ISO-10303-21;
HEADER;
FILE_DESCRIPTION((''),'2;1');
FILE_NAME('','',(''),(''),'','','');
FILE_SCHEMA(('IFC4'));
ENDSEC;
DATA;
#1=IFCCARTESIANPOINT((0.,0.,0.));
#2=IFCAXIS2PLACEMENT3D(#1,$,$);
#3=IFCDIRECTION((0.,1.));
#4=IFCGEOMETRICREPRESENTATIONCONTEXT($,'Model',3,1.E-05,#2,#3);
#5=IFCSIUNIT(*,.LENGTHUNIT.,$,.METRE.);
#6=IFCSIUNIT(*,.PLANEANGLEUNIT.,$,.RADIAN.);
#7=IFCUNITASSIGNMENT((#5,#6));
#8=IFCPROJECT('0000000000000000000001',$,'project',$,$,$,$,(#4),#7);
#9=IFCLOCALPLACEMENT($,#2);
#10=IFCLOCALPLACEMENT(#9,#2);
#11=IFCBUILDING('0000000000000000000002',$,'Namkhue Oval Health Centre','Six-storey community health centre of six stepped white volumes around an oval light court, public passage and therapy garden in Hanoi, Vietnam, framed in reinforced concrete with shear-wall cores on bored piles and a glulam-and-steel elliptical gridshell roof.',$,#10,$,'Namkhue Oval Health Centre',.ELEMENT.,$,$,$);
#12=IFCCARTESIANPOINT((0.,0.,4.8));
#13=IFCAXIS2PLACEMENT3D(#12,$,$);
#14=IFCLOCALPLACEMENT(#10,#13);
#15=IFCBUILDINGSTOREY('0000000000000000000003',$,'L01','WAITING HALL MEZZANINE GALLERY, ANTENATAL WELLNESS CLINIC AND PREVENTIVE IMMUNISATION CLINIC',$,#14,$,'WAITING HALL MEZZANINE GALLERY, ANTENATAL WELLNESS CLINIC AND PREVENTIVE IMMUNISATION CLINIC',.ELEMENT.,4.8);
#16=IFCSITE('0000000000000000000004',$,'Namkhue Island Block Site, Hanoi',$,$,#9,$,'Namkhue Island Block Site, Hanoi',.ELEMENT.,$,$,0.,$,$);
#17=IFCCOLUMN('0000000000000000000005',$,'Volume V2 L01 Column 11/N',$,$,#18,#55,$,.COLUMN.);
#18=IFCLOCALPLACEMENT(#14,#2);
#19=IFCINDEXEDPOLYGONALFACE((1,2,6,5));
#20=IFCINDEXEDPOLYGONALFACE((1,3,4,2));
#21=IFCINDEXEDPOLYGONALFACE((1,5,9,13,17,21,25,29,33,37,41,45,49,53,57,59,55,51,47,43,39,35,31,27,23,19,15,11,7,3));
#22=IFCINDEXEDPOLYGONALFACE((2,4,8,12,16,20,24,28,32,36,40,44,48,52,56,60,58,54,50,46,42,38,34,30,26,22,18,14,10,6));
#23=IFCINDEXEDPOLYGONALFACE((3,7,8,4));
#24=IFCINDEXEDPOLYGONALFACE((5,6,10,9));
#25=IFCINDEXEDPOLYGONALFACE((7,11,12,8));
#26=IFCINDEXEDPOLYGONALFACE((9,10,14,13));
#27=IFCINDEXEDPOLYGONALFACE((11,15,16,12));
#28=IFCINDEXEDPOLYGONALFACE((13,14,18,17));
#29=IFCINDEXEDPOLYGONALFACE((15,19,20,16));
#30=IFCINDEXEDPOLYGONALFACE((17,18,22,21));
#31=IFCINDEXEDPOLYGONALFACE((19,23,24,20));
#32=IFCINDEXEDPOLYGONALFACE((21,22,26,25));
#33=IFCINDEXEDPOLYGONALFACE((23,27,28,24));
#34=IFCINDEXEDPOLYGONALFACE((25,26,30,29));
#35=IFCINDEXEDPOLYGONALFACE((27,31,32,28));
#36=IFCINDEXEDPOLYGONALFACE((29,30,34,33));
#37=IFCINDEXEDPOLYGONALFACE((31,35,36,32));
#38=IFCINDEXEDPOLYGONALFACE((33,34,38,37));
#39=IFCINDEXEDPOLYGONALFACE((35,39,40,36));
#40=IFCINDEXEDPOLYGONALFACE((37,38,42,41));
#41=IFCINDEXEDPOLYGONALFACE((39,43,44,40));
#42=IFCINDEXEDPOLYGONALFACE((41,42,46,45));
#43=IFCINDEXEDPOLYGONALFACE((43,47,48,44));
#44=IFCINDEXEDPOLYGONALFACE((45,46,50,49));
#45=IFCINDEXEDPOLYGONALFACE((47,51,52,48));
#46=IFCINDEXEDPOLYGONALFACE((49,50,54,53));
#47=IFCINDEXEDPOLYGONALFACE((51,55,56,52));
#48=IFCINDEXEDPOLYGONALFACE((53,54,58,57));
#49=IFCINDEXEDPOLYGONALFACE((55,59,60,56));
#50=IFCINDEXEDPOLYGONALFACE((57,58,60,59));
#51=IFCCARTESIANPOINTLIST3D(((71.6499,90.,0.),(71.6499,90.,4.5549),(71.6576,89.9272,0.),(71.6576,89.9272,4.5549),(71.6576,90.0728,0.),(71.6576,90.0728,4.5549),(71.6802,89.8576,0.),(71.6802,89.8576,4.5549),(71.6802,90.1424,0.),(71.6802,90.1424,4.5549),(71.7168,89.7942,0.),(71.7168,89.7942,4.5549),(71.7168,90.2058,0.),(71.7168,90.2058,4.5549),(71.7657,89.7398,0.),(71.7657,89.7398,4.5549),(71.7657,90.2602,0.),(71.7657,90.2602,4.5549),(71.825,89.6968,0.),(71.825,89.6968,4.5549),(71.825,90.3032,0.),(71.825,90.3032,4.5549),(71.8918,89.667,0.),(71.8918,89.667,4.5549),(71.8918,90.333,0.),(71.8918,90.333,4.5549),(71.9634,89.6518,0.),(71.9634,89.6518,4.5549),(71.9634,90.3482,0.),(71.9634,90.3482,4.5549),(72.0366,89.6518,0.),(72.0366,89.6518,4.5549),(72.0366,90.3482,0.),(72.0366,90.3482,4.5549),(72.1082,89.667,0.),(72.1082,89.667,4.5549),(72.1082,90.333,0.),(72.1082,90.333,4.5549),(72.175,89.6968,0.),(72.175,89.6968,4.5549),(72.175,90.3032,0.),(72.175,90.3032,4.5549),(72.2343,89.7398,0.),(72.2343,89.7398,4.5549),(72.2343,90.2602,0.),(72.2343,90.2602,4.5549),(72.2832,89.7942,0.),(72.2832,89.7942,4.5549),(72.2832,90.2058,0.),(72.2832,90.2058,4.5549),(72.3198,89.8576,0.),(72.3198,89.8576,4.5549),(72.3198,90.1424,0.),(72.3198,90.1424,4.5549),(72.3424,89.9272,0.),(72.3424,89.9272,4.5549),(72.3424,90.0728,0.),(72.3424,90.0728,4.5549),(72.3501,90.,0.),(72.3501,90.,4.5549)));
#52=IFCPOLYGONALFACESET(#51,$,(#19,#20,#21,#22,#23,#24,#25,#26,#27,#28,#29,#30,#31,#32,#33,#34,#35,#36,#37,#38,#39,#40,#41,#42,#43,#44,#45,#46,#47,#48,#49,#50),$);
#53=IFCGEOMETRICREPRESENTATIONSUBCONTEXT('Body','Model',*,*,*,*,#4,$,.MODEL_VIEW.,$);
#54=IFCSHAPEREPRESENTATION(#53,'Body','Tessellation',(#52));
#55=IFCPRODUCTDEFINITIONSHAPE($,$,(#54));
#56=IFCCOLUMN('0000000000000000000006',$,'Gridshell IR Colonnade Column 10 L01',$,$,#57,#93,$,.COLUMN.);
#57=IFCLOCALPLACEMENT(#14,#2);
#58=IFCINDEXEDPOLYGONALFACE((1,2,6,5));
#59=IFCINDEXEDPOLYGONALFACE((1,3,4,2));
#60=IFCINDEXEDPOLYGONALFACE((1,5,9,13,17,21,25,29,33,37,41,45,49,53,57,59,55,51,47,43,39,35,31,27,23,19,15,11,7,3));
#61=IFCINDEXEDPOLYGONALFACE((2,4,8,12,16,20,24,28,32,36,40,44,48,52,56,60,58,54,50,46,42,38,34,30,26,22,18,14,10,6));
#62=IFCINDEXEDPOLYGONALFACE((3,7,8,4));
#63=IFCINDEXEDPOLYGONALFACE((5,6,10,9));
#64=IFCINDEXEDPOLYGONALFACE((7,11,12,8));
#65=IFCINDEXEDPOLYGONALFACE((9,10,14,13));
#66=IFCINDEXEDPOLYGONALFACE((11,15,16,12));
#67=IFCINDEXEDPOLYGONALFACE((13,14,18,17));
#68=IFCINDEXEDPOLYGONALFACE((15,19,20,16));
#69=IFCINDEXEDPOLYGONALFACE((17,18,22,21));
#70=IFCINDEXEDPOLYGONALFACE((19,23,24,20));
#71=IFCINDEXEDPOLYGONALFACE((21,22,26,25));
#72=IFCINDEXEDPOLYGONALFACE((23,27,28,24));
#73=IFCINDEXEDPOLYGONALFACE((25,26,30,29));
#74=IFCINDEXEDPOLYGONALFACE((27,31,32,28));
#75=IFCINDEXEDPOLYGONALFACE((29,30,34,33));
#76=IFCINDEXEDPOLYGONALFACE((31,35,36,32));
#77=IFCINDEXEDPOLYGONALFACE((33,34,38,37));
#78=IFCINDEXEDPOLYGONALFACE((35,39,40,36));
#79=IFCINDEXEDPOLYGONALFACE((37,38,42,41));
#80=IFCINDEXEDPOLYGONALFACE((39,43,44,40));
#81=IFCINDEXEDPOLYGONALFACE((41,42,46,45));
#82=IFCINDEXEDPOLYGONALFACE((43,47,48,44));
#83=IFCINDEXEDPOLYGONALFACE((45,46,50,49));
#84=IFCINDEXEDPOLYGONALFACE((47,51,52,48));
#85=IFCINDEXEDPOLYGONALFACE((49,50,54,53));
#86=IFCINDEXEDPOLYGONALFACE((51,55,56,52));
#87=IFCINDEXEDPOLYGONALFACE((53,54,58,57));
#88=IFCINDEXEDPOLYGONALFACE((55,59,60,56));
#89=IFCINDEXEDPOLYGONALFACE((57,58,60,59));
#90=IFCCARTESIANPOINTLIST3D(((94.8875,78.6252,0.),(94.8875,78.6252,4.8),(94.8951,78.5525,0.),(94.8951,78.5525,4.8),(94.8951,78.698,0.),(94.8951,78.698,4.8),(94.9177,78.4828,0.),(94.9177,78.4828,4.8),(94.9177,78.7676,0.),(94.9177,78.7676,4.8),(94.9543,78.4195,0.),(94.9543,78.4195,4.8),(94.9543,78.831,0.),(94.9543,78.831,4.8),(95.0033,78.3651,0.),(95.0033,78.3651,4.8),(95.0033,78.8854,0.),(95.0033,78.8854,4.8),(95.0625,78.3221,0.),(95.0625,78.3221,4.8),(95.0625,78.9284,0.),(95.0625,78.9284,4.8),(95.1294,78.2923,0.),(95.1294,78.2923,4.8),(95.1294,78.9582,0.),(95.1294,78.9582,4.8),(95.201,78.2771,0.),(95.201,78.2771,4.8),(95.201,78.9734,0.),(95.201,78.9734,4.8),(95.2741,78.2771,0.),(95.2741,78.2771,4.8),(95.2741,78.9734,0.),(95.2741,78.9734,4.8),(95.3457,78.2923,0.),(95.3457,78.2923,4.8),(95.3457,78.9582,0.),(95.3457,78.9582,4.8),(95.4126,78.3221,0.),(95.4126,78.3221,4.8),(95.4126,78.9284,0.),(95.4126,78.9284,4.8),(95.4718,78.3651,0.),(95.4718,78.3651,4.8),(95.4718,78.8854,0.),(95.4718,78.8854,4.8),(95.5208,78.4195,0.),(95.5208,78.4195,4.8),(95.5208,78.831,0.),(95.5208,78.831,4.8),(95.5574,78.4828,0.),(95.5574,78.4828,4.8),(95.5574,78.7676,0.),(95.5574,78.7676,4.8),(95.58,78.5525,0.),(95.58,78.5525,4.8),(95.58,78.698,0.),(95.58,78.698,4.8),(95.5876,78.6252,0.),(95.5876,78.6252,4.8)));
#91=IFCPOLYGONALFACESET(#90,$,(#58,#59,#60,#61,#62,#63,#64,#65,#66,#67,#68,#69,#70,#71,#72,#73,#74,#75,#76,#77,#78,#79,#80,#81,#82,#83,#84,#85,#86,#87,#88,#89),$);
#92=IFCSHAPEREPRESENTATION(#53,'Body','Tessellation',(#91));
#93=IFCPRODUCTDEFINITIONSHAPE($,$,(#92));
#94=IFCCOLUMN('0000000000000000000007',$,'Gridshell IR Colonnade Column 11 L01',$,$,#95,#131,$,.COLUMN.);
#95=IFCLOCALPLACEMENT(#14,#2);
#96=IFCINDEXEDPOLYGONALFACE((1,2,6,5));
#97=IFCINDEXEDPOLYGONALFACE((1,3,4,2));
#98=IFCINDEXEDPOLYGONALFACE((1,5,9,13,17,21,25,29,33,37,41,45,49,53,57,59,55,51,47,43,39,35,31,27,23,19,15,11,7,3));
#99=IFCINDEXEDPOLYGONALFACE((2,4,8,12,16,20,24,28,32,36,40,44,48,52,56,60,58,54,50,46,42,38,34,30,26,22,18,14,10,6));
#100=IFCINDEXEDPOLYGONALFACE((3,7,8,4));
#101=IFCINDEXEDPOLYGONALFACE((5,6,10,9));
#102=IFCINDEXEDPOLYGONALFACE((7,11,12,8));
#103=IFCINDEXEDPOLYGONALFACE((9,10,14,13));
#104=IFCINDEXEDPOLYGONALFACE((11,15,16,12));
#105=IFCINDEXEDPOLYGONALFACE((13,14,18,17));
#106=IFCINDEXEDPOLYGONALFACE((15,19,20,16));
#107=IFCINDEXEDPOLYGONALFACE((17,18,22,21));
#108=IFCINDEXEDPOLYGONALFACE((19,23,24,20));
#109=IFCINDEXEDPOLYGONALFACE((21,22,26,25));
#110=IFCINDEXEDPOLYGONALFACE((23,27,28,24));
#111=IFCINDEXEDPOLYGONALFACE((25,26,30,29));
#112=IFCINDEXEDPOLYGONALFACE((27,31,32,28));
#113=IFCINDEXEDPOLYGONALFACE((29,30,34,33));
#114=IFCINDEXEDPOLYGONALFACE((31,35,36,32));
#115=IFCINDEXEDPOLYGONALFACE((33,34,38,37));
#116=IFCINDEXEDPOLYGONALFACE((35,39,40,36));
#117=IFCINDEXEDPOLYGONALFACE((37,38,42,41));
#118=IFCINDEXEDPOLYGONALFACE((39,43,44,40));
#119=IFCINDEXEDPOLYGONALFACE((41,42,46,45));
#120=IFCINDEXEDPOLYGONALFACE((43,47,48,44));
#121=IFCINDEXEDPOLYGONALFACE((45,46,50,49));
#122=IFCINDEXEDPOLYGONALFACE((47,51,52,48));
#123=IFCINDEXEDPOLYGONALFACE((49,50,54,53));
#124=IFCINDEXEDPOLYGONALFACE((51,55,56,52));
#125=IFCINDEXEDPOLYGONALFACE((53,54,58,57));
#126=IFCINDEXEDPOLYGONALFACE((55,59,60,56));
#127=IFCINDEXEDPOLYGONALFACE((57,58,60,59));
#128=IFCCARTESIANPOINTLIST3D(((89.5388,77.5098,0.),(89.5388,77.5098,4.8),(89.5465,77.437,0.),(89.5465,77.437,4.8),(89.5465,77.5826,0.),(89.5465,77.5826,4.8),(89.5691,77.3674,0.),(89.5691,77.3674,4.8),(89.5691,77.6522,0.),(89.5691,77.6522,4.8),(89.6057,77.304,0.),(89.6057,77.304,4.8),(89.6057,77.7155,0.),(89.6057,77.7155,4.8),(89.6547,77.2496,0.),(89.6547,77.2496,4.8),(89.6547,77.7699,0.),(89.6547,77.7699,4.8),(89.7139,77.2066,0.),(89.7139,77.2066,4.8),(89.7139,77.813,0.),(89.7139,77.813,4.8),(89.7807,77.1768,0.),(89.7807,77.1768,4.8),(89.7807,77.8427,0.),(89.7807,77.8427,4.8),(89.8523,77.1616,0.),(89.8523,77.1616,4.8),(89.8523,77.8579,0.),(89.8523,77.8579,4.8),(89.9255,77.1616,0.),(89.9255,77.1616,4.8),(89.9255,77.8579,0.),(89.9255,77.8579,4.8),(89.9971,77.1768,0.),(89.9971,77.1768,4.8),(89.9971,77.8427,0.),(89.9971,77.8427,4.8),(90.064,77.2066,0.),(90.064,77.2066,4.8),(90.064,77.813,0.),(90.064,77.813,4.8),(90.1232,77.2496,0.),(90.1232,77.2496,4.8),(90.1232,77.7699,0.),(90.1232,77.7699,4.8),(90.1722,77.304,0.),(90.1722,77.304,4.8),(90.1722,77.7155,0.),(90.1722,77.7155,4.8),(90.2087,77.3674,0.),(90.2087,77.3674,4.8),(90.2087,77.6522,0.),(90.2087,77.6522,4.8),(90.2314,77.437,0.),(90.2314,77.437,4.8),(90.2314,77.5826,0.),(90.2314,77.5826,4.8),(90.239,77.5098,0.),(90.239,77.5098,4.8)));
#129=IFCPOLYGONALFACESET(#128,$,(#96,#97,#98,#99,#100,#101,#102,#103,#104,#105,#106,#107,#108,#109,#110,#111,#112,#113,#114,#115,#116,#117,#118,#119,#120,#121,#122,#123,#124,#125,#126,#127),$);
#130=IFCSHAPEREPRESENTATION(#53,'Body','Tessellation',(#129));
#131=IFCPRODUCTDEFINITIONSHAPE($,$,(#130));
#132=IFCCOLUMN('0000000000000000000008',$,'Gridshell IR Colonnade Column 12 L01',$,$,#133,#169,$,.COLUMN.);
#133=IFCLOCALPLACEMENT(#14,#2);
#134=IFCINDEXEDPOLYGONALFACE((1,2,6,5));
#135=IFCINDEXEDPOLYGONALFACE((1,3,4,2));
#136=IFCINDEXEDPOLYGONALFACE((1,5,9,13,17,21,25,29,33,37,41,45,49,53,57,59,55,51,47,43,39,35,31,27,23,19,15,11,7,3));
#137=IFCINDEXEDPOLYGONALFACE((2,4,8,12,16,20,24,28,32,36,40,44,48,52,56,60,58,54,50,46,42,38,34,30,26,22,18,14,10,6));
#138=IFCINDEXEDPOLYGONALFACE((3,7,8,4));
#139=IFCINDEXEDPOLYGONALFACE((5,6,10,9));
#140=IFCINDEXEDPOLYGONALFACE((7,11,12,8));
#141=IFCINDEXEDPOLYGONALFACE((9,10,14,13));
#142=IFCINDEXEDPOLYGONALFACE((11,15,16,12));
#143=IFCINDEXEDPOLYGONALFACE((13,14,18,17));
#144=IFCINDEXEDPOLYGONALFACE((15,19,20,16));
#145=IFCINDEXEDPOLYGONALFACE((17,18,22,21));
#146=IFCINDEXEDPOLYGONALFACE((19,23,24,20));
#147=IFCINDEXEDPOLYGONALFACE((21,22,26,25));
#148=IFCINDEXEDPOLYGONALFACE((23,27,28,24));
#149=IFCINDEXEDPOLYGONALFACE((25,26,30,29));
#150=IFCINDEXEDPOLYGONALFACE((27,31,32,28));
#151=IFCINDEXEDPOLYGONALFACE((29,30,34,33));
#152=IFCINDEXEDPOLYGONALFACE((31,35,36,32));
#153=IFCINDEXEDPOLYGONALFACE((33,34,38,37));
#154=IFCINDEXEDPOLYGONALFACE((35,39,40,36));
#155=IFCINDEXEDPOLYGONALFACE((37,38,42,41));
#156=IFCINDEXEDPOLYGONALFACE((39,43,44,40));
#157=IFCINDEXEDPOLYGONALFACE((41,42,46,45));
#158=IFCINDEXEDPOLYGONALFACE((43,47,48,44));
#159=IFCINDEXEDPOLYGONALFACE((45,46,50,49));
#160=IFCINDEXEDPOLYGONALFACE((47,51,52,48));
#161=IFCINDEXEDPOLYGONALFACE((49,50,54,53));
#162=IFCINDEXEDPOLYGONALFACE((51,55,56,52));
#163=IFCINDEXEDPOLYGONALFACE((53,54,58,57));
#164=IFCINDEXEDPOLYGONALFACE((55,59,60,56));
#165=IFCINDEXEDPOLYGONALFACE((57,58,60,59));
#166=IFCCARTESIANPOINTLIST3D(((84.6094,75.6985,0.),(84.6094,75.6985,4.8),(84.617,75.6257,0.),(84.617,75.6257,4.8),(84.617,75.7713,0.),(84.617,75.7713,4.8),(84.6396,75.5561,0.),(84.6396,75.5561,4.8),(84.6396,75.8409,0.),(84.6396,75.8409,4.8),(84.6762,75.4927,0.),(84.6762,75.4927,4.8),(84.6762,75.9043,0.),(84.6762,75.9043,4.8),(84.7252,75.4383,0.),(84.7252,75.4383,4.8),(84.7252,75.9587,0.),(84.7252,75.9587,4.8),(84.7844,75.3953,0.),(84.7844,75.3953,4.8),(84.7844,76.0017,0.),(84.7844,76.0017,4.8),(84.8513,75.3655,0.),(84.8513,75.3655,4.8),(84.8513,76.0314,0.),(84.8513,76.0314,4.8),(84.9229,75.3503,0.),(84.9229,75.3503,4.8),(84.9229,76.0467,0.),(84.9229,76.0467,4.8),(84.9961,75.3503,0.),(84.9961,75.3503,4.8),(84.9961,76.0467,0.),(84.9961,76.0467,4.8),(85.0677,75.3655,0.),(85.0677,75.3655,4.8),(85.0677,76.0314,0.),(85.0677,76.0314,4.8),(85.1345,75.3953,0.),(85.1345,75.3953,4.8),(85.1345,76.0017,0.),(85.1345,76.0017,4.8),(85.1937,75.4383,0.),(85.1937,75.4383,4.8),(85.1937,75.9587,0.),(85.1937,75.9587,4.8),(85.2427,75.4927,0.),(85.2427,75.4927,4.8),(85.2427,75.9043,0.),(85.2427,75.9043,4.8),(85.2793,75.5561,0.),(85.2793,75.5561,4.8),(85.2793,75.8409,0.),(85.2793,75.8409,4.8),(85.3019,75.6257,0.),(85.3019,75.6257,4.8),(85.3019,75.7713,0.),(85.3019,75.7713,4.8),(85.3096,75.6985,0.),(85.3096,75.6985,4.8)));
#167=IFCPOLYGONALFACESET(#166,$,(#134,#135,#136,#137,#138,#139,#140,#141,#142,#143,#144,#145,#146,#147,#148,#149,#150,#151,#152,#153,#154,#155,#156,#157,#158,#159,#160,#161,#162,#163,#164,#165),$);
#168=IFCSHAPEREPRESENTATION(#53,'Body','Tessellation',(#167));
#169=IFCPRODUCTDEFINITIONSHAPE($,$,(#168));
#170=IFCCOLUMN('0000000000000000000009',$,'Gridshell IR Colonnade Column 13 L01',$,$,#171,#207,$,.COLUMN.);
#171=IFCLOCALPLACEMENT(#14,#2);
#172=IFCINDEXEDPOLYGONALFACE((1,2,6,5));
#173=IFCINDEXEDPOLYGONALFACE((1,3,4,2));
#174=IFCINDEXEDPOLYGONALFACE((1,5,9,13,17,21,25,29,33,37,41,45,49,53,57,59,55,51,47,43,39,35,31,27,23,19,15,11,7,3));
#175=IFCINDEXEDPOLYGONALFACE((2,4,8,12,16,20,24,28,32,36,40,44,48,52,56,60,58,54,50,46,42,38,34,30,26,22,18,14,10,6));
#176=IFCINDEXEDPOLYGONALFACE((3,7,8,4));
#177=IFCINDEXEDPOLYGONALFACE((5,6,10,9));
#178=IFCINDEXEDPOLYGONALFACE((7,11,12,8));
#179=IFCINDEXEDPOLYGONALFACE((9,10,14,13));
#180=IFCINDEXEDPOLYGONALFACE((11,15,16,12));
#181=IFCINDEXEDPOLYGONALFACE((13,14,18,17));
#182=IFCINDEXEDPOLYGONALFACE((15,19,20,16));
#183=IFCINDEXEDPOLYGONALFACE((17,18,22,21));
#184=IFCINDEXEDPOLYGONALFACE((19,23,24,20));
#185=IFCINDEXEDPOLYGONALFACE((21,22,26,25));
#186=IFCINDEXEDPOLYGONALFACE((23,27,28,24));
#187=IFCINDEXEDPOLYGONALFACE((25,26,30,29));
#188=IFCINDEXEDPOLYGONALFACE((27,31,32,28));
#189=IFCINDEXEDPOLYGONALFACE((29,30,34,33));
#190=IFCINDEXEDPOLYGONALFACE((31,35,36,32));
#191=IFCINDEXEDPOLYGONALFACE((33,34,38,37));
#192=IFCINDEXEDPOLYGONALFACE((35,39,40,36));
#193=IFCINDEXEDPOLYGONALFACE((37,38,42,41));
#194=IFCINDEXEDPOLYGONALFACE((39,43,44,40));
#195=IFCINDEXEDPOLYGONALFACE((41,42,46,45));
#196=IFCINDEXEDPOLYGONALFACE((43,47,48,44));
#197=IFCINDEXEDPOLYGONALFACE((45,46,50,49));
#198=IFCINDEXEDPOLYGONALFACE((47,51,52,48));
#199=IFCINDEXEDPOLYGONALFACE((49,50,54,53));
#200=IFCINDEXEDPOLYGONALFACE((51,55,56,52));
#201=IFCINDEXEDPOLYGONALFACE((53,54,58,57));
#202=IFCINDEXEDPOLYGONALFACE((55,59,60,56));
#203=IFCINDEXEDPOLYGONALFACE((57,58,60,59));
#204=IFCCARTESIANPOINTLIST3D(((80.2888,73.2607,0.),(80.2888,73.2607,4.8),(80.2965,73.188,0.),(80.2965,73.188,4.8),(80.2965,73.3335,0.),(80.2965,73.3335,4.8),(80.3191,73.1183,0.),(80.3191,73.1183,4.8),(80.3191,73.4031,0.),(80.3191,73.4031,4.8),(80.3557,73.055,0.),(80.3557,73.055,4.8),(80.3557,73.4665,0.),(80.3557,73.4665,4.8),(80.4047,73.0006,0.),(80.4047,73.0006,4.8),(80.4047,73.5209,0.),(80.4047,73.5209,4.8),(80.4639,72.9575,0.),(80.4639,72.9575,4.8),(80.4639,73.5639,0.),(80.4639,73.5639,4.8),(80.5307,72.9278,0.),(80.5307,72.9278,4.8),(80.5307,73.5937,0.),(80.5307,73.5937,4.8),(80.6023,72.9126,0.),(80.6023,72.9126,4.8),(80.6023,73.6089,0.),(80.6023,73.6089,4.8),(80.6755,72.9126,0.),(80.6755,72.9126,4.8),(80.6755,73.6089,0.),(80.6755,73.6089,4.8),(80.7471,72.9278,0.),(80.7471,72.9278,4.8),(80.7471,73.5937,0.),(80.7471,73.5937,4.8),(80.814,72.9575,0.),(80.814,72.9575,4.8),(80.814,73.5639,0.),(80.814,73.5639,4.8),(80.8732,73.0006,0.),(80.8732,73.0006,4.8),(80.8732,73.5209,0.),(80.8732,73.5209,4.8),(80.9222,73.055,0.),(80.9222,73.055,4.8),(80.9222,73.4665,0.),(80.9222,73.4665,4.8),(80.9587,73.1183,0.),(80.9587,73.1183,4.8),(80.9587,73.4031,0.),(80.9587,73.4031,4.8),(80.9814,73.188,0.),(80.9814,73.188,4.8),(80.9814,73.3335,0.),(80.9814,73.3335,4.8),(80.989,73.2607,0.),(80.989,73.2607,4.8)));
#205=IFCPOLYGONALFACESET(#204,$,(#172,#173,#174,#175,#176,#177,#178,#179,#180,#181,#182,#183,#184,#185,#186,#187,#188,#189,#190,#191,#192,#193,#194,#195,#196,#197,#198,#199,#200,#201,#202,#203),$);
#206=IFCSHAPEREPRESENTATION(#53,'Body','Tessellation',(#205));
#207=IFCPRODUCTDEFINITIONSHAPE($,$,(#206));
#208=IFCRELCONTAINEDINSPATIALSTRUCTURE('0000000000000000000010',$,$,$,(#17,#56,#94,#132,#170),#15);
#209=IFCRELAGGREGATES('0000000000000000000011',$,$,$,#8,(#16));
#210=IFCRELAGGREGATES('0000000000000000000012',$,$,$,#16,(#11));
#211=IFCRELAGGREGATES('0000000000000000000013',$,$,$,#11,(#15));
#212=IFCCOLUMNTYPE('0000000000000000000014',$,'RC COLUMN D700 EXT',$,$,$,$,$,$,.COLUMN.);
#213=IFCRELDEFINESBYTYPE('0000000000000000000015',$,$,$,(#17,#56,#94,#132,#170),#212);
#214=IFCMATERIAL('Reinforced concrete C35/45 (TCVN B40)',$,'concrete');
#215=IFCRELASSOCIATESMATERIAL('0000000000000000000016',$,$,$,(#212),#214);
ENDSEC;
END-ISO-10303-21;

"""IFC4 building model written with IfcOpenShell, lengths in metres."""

from ifc_helpers import new_model, si_unit, direction, frame, origin, origin_2d, place, context, subcontext, project, spatial, circle, extrude, material, material_profile, profile_set, type_object, element, save


model = new_model("IFC4")

# Units and contexts
model_context = context("Model", 3, precision=1e-05, world=origin(), true_north=direction((0.0, 1.0)))
body_context = subcontext(model_context, "Body", "Model", "MODEL_VIEW")
ifc_project = project(units=[si_unit("LENGTHUNIT", "METRE"), si_unit("PLANEANGLEUNIT", "RADIAN")], contexts=[model_context])

# Site, building, storey
site_placement = place(None, origin())
site = spatial("IfcSite", under=ifc_project, at=site_placement, Name="Namkhue Island Block Site, Hanoi", LongName="Namkhue Island Block Site, Hanoi", CompositionType="ELEMENT", RefElevation=0.0)
building_placement = place(site_placement, origin())
building = spatial("IfcBuilding", under=site, at=building_placement, Name="Namkhue Oval Health Centre", Description="Six-storey community health centre of six stepped white volumes around an oval light court, public passage and therapy garden in Hanoi, Vietnam, framed in reinforced concrete with shear-wall cores on bored piles and a glulam-and-steel elliptical gridshell roof.", LongName="Namkhue Oval Health Centre", CompositionType="ELEMENT")
storey_placement = place(building_placement, frame((0.0, 0.0, 4.8)))
storey = spatial("IfcBuildingStorey", under=building, at=storey_placement, Name="L01", Description="WAITING HALL MEZZANINE GALLERY, ANTENATAL WELLNESS CLINIC AND PREVENTIVE IMMUNISATION CLINIC", LongName="WAITING HALL MEZZANINE GALLERY, ANTENATAL WELLNESS CLINIC AND PREVENTIVE IMMUNISATION CLINIC", CompositionType="ELEMENT", Elevation=4.8)

# Columns
ifc_material_1 = material(Name="Reinforced concrete C35/45 (TCVN B40)", Category="concrete")
ifc_material_profile_1 = material_profile(ifc_material_1, circle(Radius=0.3501, at=origin_2d()), Name="RC D700")
ifc_profile_set_1 = profile_set([ifc_material_profile_1], Name="Reinforced concrete C35/45 (TCVN B40)")
column_type = type_object("IfcColumnType", Name="RC COLUMN D700 EXT", PredefinedType="COLUMN", material=ifc_profile_set_1)
column_placement = place(storey_placement, frame((72.0, 90.0, 0.0), z_axis=(0.0, 0.0, 1.0), x_axis=(1.0, 0.0, 0.0)))
element("IfcColumn", 1, at=column_placement, inside=storey, type_object=column_type, Name="Volume V2 L01 Column 11/N", PredefinedType="COLUMN", context=body_context, shape_type="SweptSolid", body=[
    extrude(circle(Radius=0.3501, at=origin_2d()), origin(), (0.0, 0.0, 1.0), 4.5549),
])
for number, where, z_axis, x_axis, name in (
    (2, (95.2375, 78.6252, 0.0), (0.0, 0.0, 1.0), (1.0, 0.0, 0.0), "Gridshell IR Colonnade Column 10 L01"),
    (3, (89.8889, 77.5098, 0.0), (0.0, 0.0, 1.0), (1.0, 0.0, 0.0), "Gridshell IR Colonnade Column 11 L01"),
    (4, (84.9595, 75.6985, 0.0), (0.0, 0.0, 1.0), (1.0, 0.0, 0.0), "Gridshell IR Colonnade Column 12 L01"),
    (5, (80.6389, 73.2607, 0.0), (0.0, 0.0, 1.0), (1.0, 0.0, 0.0), "Gridshell IR Colonnade Column 13 L01"),
):
    element("IfcColumn", number, at=place(storey_placement, frame(where, z_axis=z_axis, x_axis=x_axis)), inside=storey, type_object=column_type, Name=name, PredefinedType="COLUMN", context=body_context, shape_type="SweptSolid", body=[
        extrude(circle(Radius=0.3501, at=origin_2d()), origin(), (0.0, 0.0, 1.0), 4.8),
    ])

save(model, "model.ifc")
